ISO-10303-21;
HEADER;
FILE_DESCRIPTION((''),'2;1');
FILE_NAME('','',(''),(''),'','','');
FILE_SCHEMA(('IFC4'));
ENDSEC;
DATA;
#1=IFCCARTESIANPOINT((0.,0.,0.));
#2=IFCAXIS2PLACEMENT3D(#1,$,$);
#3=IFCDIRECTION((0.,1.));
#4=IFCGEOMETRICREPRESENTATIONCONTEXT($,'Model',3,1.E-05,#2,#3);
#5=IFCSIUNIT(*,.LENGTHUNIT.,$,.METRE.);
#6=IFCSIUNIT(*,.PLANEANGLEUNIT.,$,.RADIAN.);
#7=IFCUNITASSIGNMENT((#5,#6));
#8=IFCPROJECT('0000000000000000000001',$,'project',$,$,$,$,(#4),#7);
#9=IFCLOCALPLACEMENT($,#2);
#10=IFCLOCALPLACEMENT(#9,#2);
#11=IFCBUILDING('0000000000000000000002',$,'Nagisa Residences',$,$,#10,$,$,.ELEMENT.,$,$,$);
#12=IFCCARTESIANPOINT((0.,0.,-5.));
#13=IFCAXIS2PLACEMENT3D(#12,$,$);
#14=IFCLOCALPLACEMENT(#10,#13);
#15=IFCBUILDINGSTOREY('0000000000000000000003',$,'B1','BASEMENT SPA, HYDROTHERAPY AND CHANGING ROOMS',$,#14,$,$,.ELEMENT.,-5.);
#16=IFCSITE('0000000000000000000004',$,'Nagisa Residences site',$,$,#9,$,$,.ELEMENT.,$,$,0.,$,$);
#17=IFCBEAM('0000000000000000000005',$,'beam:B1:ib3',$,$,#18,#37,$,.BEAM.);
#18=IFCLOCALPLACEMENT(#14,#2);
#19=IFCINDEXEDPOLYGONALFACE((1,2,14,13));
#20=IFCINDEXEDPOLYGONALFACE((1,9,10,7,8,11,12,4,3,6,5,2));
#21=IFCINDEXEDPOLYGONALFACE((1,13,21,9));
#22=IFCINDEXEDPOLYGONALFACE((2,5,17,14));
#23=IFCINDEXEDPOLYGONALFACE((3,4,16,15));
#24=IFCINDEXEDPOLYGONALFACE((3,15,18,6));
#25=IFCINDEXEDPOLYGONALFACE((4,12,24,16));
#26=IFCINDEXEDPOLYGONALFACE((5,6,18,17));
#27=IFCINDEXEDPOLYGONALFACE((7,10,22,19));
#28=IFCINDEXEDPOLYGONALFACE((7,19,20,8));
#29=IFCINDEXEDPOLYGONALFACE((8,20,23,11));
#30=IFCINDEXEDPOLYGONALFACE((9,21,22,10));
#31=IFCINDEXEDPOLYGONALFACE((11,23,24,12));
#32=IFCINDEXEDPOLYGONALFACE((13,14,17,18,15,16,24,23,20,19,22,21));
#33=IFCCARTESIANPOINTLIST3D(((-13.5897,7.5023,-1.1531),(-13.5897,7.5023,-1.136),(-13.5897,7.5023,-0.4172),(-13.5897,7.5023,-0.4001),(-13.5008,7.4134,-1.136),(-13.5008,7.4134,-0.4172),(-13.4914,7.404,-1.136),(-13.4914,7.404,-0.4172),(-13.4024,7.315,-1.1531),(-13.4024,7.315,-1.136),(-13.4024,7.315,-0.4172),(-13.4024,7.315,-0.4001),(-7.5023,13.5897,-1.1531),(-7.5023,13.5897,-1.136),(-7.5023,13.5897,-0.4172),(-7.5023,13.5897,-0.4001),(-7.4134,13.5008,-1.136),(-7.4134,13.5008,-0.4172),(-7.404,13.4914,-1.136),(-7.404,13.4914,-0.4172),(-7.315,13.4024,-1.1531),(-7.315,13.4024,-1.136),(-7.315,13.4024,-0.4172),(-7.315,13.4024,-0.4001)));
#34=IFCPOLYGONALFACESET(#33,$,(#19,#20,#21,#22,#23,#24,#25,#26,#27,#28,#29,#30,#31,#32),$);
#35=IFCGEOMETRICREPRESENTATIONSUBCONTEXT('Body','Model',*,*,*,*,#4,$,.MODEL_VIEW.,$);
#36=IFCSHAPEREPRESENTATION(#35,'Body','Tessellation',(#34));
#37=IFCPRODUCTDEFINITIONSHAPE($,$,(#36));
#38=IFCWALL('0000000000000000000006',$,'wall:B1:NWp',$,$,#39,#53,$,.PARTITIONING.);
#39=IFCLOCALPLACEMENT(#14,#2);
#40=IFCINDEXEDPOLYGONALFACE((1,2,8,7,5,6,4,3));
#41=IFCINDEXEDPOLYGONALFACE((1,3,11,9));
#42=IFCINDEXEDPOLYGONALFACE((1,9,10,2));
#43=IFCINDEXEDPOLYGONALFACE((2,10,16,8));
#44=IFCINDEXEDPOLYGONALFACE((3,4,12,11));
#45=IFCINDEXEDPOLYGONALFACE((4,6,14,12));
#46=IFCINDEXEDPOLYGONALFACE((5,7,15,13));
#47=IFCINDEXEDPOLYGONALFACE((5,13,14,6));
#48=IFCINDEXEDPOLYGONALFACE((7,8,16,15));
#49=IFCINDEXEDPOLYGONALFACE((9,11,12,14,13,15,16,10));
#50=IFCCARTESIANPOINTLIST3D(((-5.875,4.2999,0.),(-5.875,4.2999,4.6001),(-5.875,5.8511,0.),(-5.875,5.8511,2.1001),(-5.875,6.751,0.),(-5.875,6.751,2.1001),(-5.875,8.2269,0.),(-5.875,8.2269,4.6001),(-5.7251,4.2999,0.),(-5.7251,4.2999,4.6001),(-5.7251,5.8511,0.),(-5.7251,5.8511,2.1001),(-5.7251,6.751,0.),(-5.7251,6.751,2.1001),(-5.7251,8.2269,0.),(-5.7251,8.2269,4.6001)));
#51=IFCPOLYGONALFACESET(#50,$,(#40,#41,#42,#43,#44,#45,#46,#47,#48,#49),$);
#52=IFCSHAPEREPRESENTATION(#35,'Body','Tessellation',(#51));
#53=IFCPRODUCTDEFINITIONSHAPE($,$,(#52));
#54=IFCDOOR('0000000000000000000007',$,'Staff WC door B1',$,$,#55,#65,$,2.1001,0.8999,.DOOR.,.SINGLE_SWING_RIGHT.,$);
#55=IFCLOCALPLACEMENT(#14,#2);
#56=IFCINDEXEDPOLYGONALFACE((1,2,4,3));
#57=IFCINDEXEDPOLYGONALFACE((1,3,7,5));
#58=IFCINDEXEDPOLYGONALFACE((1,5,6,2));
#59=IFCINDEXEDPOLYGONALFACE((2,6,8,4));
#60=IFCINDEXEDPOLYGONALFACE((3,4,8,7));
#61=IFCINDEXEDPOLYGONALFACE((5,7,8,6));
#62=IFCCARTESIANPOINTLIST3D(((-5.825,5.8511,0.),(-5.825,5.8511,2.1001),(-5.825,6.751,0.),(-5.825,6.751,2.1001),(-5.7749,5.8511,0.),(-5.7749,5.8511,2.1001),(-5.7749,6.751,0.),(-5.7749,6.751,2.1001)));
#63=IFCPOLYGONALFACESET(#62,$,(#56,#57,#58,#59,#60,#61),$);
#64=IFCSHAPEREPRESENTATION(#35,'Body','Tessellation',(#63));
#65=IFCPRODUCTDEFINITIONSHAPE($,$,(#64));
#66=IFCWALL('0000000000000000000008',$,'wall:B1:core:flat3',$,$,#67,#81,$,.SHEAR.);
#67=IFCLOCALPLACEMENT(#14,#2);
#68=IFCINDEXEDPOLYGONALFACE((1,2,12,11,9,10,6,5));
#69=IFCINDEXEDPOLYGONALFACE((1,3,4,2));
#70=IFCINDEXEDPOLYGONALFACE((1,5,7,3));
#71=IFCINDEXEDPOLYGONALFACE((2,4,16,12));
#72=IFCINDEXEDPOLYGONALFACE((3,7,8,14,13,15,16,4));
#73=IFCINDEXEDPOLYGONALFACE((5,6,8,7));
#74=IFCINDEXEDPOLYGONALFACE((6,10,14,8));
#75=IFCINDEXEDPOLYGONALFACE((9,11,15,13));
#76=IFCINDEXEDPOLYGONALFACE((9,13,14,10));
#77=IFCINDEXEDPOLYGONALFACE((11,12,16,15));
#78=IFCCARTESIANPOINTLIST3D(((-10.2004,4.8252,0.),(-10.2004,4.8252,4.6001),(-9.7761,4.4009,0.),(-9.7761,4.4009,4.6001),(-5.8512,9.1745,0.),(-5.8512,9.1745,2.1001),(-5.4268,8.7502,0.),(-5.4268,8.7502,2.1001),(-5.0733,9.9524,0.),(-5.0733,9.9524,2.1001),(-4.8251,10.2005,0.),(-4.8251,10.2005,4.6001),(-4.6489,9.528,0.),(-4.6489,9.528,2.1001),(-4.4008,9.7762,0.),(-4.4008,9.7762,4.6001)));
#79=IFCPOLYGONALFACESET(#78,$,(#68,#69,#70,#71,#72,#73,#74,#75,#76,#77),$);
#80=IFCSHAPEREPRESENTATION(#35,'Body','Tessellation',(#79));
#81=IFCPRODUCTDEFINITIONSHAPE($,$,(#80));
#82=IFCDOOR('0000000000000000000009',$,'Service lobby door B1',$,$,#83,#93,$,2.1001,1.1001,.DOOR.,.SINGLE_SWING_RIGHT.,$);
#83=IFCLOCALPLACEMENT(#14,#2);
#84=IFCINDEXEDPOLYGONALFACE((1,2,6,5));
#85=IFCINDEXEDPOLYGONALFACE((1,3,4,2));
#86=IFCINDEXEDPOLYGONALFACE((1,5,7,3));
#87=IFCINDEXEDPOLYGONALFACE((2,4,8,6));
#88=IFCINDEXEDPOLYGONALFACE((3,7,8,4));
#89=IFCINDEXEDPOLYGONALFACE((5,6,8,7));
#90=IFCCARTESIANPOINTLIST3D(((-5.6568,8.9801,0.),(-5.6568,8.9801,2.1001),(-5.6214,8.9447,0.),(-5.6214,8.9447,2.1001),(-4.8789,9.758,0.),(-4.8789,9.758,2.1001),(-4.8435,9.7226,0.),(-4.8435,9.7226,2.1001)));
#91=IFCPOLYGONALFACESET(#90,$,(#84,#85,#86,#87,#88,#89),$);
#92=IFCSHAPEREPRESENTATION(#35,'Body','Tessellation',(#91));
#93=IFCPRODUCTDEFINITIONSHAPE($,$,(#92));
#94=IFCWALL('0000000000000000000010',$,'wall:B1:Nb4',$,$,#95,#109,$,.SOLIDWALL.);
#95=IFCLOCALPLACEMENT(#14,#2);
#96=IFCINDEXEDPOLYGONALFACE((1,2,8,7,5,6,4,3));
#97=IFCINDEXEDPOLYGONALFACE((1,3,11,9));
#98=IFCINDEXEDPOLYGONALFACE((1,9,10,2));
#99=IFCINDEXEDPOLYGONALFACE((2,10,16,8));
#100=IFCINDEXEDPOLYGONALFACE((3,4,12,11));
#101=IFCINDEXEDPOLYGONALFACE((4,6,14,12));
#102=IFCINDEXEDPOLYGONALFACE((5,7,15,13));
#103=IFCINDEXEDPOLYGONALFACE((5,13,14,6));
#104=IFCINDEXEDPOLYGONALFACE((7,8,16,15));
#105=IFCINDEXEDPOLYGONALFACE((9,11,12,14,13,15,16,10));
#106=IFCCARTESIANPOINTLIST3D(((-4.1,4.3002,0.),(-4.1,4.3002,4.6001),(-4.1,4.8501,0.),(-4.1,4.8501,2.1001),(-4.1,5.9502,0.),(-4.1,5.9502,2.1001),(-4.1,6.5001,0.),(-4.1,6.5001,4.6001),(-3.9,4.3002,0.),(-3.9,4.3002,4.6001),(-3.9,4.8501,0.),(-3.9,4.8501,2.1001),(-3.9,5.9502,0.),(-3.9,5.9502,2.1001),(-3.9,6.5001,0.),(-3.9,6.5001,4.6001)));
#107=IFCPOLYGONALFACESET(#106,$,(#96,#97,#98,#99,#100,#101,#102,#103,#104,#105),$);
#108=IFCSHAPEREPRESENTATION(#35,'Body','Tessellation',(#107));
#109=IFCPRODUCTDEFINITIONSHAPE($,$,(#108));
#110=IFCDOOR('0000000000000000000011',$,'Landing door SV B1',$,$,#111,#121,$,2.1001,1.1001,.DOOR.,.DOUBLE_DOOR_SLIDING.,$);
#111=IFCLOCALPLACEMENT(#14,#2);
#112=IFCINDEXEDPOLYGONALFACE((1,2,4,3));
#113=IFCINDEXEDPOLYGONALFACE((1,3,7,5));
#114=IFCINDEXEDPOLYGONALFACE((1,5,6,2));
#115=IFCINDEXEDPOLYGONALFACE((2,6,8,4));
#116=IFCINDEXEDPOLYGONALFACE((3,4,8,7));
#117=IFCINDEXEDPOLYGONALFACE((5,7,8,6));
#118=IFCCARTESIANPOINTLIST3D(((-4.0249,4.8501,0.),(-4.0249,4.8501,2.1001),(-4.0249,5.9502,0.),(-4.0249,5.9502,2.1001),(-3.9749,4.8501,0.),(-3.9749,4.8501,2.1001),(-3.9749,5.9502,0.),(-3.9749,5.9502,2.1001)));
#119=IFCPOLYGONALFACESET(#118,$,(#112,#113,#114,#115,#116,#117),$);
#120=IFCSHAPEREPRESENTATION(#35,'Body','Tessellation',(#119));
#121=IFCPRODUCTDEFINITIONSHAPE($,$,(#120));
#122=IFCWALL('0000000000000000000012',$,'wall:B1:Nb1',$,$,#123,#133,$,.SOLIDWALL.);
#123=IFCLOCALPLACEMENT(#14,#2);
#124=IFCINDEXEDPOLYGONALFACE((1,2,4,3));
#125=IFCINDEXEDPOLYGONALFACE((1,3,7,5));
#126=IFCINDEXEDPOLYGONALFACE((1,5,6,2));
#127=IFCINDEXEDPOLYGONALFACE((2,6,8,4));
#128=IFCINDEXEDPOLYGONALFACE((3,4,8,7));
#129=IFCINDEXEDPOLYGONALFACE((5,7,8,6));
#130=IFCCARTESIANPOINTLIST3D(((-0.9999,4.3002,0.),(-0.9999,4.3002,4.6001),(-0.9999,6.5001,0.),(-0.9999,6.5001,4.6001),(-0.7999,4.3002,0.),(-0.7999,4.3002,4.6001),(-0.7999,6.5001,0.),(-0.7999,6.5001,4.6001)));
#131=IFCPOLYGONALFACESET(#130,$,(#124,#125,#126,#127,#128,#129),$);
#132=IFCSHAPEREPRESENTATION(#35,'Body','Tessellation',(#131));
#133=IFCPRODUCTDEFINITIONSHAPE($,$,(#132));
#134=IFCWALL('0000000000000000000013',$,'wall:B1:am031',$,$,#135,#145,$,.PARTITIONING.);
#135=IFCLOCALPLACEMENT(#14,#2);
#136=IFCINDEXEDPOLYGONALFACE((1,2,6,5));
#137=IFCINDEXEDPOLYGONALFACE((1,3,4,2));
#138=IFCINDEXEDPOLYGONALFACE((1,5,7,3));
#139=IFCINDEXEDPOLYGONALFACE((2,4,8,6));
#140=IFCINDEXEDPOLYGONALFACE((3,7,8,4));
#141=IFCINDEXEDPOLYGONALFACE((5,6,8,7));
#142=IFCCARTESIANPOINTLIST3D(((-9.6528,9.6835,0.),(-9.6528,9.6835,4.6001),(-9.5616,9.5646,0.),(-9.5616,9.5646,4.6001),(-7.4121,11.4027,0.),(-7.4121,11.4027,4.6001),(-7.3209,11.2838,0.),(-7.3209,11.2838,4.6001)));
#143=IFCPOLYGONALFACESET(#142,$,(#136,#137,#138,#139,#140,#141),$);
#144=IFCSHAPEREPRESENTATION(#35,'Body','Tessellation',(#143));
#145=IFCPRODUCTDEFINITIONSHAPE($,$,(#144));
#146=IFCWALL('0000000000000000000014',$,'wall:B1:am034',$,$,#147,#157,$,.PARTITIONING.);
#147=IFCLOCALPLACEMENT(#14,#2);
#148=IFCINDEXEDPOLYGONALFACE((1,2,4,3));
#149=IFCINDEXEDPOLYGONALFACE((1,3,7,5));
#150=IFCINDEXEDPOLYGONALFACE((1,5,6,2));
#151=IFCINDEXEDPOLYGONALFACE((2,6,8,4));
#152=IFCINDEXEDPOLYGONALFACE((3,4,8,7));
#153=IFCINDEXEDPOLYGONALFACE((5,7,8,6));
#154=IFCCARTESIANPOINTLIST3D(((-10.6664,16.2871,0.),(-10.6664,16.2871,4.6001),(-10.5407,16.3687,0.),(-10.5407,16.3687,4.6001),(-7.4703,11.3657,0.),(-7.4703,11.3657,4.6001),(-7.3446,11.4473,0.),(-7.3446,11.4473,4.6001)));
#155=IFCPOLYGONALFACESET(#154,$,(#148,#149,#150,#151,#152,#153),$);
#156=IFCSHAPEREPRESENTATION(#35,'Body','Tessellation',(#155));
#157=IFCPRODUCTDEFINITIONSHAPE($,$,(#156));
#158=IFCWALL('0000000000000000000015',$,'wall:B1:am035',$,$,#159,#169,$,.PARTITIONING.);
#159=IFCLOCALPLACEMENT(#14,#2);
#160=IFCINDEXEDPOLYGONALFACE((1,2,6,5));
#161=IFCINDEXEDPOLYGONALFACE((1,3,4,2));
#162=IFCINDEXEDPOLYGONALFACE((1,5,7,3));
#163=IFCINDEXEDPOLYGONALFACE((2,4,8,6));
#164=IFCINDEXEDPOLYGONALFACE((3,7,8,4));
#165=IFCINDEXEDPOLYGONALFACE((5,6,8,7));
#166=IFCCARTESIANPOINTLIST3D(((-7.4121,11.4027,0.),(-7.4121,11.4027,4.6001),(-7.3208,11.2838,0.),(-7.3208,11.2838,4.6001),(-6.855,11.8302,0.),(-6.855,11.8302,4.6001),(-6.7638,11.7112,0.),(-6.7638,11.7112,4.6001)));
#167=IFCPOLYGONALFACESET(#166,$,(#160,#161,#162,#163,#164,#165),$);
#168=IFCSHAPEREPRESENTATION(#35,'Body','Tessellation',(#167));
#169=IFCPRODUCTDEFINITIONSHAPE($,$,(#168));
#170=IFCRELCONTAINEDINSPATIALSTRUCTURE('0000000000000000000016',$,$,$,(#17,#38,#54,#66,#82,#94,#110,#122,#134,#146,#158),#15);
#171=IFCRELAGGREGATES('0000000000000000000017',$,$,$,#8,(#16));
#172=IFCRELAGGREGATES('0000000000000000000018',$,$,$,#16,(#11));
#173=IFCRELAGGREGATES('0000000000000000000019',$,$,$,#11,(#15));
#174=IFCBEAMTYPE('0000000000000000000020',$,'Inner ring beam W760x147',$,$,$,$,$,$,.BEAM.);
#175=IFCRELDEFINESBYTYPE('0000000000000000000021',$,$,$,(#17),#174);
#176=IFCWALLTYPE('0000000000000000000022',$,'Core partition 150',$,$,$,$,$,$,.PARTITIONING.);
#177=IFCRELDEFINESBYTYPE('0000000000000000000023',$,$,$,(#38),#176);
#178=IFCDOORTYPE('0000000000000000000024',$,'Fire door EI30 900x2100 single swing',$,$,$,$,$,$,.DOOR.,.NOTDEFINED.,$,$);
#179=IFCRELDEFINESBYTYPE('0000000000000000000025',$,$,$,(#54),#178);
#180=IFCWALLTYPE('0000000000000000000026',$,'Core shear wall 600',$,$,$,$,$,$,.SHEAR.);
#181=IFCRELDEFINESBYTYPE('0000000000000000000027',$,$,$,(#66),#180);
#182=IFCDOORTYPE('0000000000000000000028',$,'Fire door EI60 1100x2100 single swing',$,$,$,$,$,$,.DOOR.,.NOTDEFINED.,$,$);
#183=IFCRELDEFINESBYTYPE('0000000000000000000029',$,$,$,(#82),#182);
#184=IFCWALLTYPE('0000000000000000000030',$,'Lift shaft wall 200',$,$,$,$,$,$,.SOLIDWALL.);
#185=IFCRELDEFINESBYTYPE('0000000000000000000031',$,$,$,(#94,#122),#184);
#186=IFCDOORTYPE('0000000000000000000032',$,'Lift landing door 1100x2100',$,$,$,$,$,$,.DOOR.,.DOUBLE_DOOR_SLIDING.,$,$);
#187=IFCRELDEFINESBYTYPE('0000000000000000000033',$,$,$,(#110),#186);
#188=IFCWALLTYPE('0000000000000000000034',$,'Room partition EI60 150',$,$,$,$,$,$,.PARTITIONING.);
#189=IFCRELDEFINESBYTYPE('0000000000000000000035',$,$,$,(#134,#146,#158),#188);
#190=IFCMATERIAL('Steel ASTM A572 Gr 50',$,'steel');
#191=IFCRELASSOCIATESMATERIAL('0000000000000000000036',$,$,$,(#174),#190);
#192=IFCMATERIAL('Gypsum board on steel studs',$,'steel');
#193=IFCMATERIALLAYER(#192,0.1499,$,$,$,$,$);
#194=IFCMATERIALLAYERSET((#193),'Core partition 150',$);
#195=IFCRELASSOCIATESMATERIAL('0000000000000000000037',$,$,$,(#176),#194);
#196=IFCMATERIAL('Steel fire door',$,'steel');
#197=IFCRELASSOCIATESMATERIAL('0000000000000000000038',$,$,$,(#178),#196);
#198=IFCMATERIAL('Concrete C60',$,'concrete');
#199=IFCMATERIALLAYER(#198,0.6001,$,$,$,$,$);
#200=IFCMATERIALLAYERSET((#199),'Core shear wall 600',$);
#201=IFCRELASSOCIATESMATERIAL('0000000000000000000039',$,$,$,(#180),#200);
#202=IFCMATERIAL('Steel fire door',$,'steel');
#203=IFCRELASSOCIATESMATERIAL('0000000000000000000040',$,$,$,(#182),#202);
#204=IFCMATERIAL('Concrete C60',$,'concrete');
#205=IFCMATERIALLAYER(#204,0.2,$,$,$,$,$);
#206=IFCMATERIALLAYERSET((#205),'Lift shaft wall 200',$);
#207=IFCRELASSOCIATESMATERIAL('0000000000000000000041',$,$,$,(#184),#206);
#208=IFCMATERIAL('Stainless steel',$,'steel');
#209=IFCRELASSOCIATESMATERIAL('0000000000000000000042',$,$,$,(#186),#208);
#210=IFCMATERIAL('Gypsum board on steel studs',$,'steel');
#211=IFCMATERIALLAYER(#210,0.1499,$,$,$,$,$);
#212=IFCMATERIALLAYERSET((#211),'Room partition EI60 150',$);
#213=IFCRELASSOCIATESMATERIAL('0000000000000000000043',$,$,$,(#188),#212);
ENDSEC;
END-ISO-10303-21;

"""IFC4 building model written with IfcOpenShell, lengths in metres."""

from ifc_helpers import new_model, si_unit, direction, frame, frame_2d, origin, origin_2d, place, context, subcontext, project, spatial, rectangle, i_section, extrude, material, layer, layer_set, material_profile, profile_set, type_object, element, fill, save


model = new_model("IFC4")

# Units and contexts
model_context = context("Model", 3, precision=1e-05, world=origin(), true_north=direction((0.0, 1.0)))
body_context = subcontext(model_context, "Body", "Model", "MODEL_VIEW")
ifc_project = project(units=[si_unit("LENGTHUNIT", "METRE"), si_unit("PLANEANGLEUNIT", "RADIAN")], contexts=[model_context])

# Site, building, storey
site_placement = place(None, origin())
site = spatial("IfcSite", under=ifc_project, at=site_placement, Name="Nagisa Residences site", CompositionType="ELEMENT", RefElevation=0.0)
building_placement = place(site_placement, origin())
building = spatial("IfcBuilding", under=site, at=building_placement, Name="Nagisa Residences", CompositionType="ELEMENT")
storey_placement = place(building_placement, frame((0.0, 0.0, -5.0)))
storey = spatial("IfcBuildingStorey", under=building, at=storey_placement, Name="B1", Description="BASEMENT SPA, HYDROTHERAPY AND CHANGING ROOMS", CompositionType="ELEMENT", Elevation=-5.0)

# Beam
ifc_material_1 = material(Name="Steel ASTM A572 Gr 50", Category="steel")
ifc_material_profile = material_profile(ifc_material_1, i_section(OverallWidth=0.2649, OverallDepth=0.7529, WebThickness=0.0132, FlangeThickness=0.0171, at=origin_2d()), Name="W760x147")
ifc_profile_set = profile_set([ifc_material_profile], Name="Steel ASTM A572 Gr 50")
beam_type = type_object("IfcBeamType", Name="Inner ring beam W760x147", PredefinedType="BEAM", material=ifc_profile_set)
beam_placement = place(storey_placement, frame((-7.4087, 13.4961, -0.7766), z_axis=(-0.707107, -0.707107, 0.0), x_axis=(0.707107, -0.707107, 0.0)))
element("IfcBeam", 1, at=beam_placement, inside=storey, type_object=beam_type, Name="beam:B1:ib3", PredefinedType="BEAM", context=body_context, shape_type="SweptSolid", body=[
    extrude(i_section(OverallWidth=0.2649, OverallDepth=0.7529, WebThickness=0.0132, FlangeThickness=0.0171, at=origin_2d()), origin(), (0.0, 0.0, 1.0), 8.6089),
])

# Walls, openings, doors
ifc_material_2 = material(Name="Gypsum board on steel studs", Category="steel")
ifc_layer_1 = layer(ifc_material_2, 0.1499)
ifc_layer_set_1 = layer_set([ifc_layer_1], Name="Core partition 150")
wall_type_1 = type_object("IfcWallType", Name="Core partition 150", PredefinedType="PARTITIONING", material=ifc_layer_set_1)
wall_1_placement = place(storey_placement, frame((-5.8, 4.3, 0.0), z_axis=(0.0, 0.0, 1.0), x_axis=(0.0, 1.0, 0.0)))
wall_1 = element("IfcWall", 2, at=wall_1_placement, inside=storey, type_object=wall_type_1, Name="wall:B1:NWp", PredefinedType="PARTITIONING", context=body_context, shape_type="SweptSolid", body=[
    extrude(rectangle(XDim=3.927, YDim=0.1499, at=frame_2d((1.9634, 0.0))), origin(), (0.0, 0.0, 1.0), 4.6001),
])
opening_1_placement = place(wall_1_placement, frame((1.551, 0.0, 0.0)))
opening_1 = element("IfcOpeningElement", 3, at=opening_1_placement, cuts=wall_1, PredefinedType="OPENING", context=body_context, shape_type="SweptSolid", body=[
    extrude(rectangle(XDim=0.8999, YDim=2.1001, at=frame_2d((0.45, 1.05))), frame((0.0, 0.085, 0.0), z_axis=(0.0, -1.0, 0.0), x_axis=(1.0, 0.0, 0.0)), (0.0, 0.0, 1.0), 0.1699),
])
ifc_material_3 = material(Name="Steel fire door", Category="steel")
door_type_1 = type_object("IfcDoorType", Name="Fire door EI30 900x2100 single swing", OperationType="NOTDEFINED", PredefinedType="DOOR", material=ifc_material_3)
door_1_placement = place(opening_1_placement, origin())
door_1 = element("IfcDoor", 4, at=door_1_placement, inside=storey, type_object=door_type_1, Name="Staff WC door B1", OperationType="SINGLE_SWING_RIGHT", OverallHeight=2.1001, OverallWidth=0.8999, PredefinedType="DOOR", context=body_context, shape_type="SweptSolid", body=[
    extrude(rectangle(XDim=0.8999, YDim=2.1001, at=frame_2d((0.45, 1.05))), frame((0.0, 0.0249, 0.0), z_axis=(0.0, -1.0, 0.0), x_axis=(1.0, 0.0, 0.0)), (0.0, 0.0, 1.0), 0.05),
])
fill(opening_1, door_1)
ifc_material_4 = material(Name="Concrete C60", Category="concrete")
ifc_layer_2 = layer(ifc_material_4, 0.6001)
ifc_layer_set_2 = layer_set([ifc_layer_2], Name="Core shear wall 600")
wall_type_2 = type_object("IfcWallType", Name="Core shear wall 600", PredefinedType="SHEAR", material=ifc_layer_set_2)
wall_2_placement = place(storey_placement, frame((-4.613, 9.9883, 0.0), z_axis=(0.0, 0.0, 1.0), x_axis=(-0.707107, -0.707107, 0.0)))
wall_2 = element("IfcWall", 5, at=wall_2_placement, inside=storey, type_object=wall_type_2, Name="wall:B1:core:flat3", PredefinedType="SHEAR", context=body_context, shape_type="SweptSolid", body=[
    extrude(rectangle(XDim=7.6018, YDim=0.6001, at=frame_2d((3.8008, 0.0))), origin(), (0.0, 0.0, 1.0), 4.6001),
])
opening_2_placement = place(wall_2_placement, frame((0.3508, 0.0, 0.0)))
opening_2 = element("IfcOpeningElement", 6, at=opening_2_placement, cuts=wall_2, PredefinedType="OPENING", context=body_context, shape_type="SweptSolid", body=[
    extrude(rectangle(XDim=1.1001, YDim=2.1001, at=frame_2d((0.55, 1.05))), frame((0.0, 0.3101, 0.0), z_axis=(0.0, -1.0, 0.0), x_axis=(1.0, 0.0, 0.0)), (0.0, 0.0, 1.0), 0.6201),
])
ifc_material_5 = material(Name="Steel fire door", Category="steel")
door_type_2 = type_object("IfcDoorType", Name="Fire door EI60 1100x2100 single swing", OperationType="NOTDEFINED", PredefinedType="DOOR", material=ifc_material_5)
door_2_placement = place(opening_2_placement, origin())
door_2 = element("IfcDoor", 7, at=door_2_placement, inside=storey, type_object=door_type_2, Name="Service lobby door B1", OperationType="SINGLE_SWING_RIGHT", OverallHeight=2.1001, OverallWidth=1.1001, PredefinedType="DOOR", context=body_context, shape_type="SweptSolid", body=[
    extrude(rectangle(XDim=1.1001, YDim=2.1001, at=frame_2d((0.55, 1.05))), frame((0.0, 0.0249, 0.0), z_axis=(0.0, -1.0, 0.0), x_axis=(1.0, 0.0, 0.0)), (0.0, 0.0, 1.0), 0.05),
])
fill(opening_2, door_2)
ifc_material_6 = material(Name="Concrete C60", Category="concrete")
ifc_layer_3 = layer(ifc_material_6, 0.2)
ifc_layer_set_3 = layer_set([ifc_layer_3], Name="Lift shaft wall 200")
wall_type_3 = type_object("IfcWallType", Name="Lift shaft wall 200", PredefinedType="SOLIDWALL", material=ifc_layer_set_3)
wall_3_placement = place(storey_placement, frame((-4.0, 4.3, 0.0), z_axis=(0.0, 0.0, 1.0), x_axis=(0.0, 1.0, 0.0)))
wall_3 = element("IfcWall", 8, at=wall_3_placement, inside=storey, type_object=wall_type_3, Name="wall:B1:Nb4", PredefinedType="SOLIDWALL", context=body_context, shape_type="SweptSolid", body=[
    extrude(rectangle(XDim=2.2, YDim=0.2, at=frame_2d((1.1001, 0.0))), origin(), (0.0, 0.0, 1.0), 4.6001),
])
opening_3_placement = place(wall_3_placement, frame((0.55, 0.0, 0.0)))
opening_3 = element("IfcOpeningElement", 9, at=opening_3_placement, cuts=wall_3, PredefinedType="OPENING", context=body_context, shape_type="SweptSolid", body=[
    extrude(rectangle(XDim=1.1001, YDim=2.1001, at=frame_2d((0.55, 1.05))), frame((0.0, 0.1099, 0.0), z_axis=(0.0, -1.0, 0.0), x_axis=(1.0, 0.0, 0.0)), (0.0, 0.0, 1.0), 0.22),
])
ifc_material_7 = material(Name="Stainless steel", Category="steel")
door_type_3 = type_object("IfcDoorType", Name="Lift landing door 1100x2100", OperationType="DOUBLE_DOOR_SLIDING", PredefinedType="DOOR", material=ifc_material_7)
door_3_placement = place(opening_3_placement, origin())
door_3 = element("IfcDoor", 10, at=door_3_placement, inside=storey, type_object=door_type_3, Name="Landing door SV B1", OperationType="DOUBLE_DOOR_SLIDING", OverallHeight=2.1001, OverallWidth=1.1001, PredefinedType="DOOR", context=body_context, shape_type="SweptSolid", body=[
    extrude(rectangle(XDim=1.1001, YDim=2.1001, at=frame_2d((0.55, 1.05))), frame((0.0, 0.0249, 0.0), z_axis=(0.0, -1.0, 0.0), x_axis=(1.0, 0.0, 0.0)), (0.0, 0.0, 1.0), 0.05),
])
fill(opening_3, door_3)

# Walls
wall_4_placement = place(storey_placement, frame((-0.8999, 4.3, 0.0), z_axis=(0.0, 0.0, 1.0), x_axis=(0.0, 1.0, 0.0)))
element("IfcWall", 11, at=wall_4_placement, inside=storey, type_object=wall_type_3, Name="wall:B1:Nb1", PredefinedType="SOLIDWALL", context=body_context, shape_type="SweptSolid", body=[
    extrude(rectangle(XDim=2.2, YDim=0.2, at=frame_2d((1.1001, 0.0))), origin(), (0.0, 0.0, 1.0), 4.6001),
])
ifc_material_8 = material(Name="Gypsum board on steel studs", Category="steel")
ifc_layer_4 = layer(ifc_material_8, 0.1499)
ifc_layer_set_4 = layer_set([ifc_layer_4], Name="Room partition EI60 150")
wall_type_4 = type_object("IfcWallType", Name="Room partition EI60 150", PredefinedType="PARTITIONING", material=ifc_layer_set_4)
wall_5_placement = place(storey_placement, frame((-9.6072, 9.624, 0.0), z_axis=(0.0, 0.0, 1.0), x_axis=(0.793375, 0.608733, 0.0)))
element("IfcWall", 12, at=wall_5_placement, inside=storey, type_object=wall_type_4, Name="wall:B1:am031", PredefinedType="PARTITIONING", context=body_context, shape_type="SweptSolid", body=[
    extrude(rectangle(XDim=2.8242, YDim=0.1499, at=frame_2d((1.4121, 0.0))), origin(), (0.0, 0.0, 1.0), 4.6001),
])
wall_6_placement = place(storey_placement, frame((-7.4075, 11.4065, 0.0), z_axis=(0.0, 0.0, 1.0), x_axis=(-0.544646, 0.838666, 0.0)))
element("IfcWall", 13, at=wall_6_placement, inside=storey, type_object=wall_type_4, Name="wall:B1:am034", PredefinedType="PARTITIONING", context=body_context, shape_type="SweptSolid", body=[
    extrude(rectangle(XDim=5.8682, YDim=0.1499, at=frame_2d((2.9341, 0.0))), origin(), (0.0, 0.0, 1.0), 4.6001),
])
wall_7_placement = place(storey_placement, frame((-7.3665, 11.3433, 0.0), z_axis=(0.0, 0.0, 1.0), x_axis=(0.79336, 0.608753, 0.0)))
element("IfcWall", 14, at=wall_7_placement, inside=storey, type_object=wall_type_4, Name="wall:B1:am035", PredefinedType="PARTITIONING", context=body_context, shape_type="SweptSolid", body=[
    extrude(rectangle(XDim=0.7021, YDim=0.1499, at=frame_2d((0.3511, 0.0))), origin(), (0.0, 0.0, 1.0), 4.6001),
])

save(model, "model.ifc")
